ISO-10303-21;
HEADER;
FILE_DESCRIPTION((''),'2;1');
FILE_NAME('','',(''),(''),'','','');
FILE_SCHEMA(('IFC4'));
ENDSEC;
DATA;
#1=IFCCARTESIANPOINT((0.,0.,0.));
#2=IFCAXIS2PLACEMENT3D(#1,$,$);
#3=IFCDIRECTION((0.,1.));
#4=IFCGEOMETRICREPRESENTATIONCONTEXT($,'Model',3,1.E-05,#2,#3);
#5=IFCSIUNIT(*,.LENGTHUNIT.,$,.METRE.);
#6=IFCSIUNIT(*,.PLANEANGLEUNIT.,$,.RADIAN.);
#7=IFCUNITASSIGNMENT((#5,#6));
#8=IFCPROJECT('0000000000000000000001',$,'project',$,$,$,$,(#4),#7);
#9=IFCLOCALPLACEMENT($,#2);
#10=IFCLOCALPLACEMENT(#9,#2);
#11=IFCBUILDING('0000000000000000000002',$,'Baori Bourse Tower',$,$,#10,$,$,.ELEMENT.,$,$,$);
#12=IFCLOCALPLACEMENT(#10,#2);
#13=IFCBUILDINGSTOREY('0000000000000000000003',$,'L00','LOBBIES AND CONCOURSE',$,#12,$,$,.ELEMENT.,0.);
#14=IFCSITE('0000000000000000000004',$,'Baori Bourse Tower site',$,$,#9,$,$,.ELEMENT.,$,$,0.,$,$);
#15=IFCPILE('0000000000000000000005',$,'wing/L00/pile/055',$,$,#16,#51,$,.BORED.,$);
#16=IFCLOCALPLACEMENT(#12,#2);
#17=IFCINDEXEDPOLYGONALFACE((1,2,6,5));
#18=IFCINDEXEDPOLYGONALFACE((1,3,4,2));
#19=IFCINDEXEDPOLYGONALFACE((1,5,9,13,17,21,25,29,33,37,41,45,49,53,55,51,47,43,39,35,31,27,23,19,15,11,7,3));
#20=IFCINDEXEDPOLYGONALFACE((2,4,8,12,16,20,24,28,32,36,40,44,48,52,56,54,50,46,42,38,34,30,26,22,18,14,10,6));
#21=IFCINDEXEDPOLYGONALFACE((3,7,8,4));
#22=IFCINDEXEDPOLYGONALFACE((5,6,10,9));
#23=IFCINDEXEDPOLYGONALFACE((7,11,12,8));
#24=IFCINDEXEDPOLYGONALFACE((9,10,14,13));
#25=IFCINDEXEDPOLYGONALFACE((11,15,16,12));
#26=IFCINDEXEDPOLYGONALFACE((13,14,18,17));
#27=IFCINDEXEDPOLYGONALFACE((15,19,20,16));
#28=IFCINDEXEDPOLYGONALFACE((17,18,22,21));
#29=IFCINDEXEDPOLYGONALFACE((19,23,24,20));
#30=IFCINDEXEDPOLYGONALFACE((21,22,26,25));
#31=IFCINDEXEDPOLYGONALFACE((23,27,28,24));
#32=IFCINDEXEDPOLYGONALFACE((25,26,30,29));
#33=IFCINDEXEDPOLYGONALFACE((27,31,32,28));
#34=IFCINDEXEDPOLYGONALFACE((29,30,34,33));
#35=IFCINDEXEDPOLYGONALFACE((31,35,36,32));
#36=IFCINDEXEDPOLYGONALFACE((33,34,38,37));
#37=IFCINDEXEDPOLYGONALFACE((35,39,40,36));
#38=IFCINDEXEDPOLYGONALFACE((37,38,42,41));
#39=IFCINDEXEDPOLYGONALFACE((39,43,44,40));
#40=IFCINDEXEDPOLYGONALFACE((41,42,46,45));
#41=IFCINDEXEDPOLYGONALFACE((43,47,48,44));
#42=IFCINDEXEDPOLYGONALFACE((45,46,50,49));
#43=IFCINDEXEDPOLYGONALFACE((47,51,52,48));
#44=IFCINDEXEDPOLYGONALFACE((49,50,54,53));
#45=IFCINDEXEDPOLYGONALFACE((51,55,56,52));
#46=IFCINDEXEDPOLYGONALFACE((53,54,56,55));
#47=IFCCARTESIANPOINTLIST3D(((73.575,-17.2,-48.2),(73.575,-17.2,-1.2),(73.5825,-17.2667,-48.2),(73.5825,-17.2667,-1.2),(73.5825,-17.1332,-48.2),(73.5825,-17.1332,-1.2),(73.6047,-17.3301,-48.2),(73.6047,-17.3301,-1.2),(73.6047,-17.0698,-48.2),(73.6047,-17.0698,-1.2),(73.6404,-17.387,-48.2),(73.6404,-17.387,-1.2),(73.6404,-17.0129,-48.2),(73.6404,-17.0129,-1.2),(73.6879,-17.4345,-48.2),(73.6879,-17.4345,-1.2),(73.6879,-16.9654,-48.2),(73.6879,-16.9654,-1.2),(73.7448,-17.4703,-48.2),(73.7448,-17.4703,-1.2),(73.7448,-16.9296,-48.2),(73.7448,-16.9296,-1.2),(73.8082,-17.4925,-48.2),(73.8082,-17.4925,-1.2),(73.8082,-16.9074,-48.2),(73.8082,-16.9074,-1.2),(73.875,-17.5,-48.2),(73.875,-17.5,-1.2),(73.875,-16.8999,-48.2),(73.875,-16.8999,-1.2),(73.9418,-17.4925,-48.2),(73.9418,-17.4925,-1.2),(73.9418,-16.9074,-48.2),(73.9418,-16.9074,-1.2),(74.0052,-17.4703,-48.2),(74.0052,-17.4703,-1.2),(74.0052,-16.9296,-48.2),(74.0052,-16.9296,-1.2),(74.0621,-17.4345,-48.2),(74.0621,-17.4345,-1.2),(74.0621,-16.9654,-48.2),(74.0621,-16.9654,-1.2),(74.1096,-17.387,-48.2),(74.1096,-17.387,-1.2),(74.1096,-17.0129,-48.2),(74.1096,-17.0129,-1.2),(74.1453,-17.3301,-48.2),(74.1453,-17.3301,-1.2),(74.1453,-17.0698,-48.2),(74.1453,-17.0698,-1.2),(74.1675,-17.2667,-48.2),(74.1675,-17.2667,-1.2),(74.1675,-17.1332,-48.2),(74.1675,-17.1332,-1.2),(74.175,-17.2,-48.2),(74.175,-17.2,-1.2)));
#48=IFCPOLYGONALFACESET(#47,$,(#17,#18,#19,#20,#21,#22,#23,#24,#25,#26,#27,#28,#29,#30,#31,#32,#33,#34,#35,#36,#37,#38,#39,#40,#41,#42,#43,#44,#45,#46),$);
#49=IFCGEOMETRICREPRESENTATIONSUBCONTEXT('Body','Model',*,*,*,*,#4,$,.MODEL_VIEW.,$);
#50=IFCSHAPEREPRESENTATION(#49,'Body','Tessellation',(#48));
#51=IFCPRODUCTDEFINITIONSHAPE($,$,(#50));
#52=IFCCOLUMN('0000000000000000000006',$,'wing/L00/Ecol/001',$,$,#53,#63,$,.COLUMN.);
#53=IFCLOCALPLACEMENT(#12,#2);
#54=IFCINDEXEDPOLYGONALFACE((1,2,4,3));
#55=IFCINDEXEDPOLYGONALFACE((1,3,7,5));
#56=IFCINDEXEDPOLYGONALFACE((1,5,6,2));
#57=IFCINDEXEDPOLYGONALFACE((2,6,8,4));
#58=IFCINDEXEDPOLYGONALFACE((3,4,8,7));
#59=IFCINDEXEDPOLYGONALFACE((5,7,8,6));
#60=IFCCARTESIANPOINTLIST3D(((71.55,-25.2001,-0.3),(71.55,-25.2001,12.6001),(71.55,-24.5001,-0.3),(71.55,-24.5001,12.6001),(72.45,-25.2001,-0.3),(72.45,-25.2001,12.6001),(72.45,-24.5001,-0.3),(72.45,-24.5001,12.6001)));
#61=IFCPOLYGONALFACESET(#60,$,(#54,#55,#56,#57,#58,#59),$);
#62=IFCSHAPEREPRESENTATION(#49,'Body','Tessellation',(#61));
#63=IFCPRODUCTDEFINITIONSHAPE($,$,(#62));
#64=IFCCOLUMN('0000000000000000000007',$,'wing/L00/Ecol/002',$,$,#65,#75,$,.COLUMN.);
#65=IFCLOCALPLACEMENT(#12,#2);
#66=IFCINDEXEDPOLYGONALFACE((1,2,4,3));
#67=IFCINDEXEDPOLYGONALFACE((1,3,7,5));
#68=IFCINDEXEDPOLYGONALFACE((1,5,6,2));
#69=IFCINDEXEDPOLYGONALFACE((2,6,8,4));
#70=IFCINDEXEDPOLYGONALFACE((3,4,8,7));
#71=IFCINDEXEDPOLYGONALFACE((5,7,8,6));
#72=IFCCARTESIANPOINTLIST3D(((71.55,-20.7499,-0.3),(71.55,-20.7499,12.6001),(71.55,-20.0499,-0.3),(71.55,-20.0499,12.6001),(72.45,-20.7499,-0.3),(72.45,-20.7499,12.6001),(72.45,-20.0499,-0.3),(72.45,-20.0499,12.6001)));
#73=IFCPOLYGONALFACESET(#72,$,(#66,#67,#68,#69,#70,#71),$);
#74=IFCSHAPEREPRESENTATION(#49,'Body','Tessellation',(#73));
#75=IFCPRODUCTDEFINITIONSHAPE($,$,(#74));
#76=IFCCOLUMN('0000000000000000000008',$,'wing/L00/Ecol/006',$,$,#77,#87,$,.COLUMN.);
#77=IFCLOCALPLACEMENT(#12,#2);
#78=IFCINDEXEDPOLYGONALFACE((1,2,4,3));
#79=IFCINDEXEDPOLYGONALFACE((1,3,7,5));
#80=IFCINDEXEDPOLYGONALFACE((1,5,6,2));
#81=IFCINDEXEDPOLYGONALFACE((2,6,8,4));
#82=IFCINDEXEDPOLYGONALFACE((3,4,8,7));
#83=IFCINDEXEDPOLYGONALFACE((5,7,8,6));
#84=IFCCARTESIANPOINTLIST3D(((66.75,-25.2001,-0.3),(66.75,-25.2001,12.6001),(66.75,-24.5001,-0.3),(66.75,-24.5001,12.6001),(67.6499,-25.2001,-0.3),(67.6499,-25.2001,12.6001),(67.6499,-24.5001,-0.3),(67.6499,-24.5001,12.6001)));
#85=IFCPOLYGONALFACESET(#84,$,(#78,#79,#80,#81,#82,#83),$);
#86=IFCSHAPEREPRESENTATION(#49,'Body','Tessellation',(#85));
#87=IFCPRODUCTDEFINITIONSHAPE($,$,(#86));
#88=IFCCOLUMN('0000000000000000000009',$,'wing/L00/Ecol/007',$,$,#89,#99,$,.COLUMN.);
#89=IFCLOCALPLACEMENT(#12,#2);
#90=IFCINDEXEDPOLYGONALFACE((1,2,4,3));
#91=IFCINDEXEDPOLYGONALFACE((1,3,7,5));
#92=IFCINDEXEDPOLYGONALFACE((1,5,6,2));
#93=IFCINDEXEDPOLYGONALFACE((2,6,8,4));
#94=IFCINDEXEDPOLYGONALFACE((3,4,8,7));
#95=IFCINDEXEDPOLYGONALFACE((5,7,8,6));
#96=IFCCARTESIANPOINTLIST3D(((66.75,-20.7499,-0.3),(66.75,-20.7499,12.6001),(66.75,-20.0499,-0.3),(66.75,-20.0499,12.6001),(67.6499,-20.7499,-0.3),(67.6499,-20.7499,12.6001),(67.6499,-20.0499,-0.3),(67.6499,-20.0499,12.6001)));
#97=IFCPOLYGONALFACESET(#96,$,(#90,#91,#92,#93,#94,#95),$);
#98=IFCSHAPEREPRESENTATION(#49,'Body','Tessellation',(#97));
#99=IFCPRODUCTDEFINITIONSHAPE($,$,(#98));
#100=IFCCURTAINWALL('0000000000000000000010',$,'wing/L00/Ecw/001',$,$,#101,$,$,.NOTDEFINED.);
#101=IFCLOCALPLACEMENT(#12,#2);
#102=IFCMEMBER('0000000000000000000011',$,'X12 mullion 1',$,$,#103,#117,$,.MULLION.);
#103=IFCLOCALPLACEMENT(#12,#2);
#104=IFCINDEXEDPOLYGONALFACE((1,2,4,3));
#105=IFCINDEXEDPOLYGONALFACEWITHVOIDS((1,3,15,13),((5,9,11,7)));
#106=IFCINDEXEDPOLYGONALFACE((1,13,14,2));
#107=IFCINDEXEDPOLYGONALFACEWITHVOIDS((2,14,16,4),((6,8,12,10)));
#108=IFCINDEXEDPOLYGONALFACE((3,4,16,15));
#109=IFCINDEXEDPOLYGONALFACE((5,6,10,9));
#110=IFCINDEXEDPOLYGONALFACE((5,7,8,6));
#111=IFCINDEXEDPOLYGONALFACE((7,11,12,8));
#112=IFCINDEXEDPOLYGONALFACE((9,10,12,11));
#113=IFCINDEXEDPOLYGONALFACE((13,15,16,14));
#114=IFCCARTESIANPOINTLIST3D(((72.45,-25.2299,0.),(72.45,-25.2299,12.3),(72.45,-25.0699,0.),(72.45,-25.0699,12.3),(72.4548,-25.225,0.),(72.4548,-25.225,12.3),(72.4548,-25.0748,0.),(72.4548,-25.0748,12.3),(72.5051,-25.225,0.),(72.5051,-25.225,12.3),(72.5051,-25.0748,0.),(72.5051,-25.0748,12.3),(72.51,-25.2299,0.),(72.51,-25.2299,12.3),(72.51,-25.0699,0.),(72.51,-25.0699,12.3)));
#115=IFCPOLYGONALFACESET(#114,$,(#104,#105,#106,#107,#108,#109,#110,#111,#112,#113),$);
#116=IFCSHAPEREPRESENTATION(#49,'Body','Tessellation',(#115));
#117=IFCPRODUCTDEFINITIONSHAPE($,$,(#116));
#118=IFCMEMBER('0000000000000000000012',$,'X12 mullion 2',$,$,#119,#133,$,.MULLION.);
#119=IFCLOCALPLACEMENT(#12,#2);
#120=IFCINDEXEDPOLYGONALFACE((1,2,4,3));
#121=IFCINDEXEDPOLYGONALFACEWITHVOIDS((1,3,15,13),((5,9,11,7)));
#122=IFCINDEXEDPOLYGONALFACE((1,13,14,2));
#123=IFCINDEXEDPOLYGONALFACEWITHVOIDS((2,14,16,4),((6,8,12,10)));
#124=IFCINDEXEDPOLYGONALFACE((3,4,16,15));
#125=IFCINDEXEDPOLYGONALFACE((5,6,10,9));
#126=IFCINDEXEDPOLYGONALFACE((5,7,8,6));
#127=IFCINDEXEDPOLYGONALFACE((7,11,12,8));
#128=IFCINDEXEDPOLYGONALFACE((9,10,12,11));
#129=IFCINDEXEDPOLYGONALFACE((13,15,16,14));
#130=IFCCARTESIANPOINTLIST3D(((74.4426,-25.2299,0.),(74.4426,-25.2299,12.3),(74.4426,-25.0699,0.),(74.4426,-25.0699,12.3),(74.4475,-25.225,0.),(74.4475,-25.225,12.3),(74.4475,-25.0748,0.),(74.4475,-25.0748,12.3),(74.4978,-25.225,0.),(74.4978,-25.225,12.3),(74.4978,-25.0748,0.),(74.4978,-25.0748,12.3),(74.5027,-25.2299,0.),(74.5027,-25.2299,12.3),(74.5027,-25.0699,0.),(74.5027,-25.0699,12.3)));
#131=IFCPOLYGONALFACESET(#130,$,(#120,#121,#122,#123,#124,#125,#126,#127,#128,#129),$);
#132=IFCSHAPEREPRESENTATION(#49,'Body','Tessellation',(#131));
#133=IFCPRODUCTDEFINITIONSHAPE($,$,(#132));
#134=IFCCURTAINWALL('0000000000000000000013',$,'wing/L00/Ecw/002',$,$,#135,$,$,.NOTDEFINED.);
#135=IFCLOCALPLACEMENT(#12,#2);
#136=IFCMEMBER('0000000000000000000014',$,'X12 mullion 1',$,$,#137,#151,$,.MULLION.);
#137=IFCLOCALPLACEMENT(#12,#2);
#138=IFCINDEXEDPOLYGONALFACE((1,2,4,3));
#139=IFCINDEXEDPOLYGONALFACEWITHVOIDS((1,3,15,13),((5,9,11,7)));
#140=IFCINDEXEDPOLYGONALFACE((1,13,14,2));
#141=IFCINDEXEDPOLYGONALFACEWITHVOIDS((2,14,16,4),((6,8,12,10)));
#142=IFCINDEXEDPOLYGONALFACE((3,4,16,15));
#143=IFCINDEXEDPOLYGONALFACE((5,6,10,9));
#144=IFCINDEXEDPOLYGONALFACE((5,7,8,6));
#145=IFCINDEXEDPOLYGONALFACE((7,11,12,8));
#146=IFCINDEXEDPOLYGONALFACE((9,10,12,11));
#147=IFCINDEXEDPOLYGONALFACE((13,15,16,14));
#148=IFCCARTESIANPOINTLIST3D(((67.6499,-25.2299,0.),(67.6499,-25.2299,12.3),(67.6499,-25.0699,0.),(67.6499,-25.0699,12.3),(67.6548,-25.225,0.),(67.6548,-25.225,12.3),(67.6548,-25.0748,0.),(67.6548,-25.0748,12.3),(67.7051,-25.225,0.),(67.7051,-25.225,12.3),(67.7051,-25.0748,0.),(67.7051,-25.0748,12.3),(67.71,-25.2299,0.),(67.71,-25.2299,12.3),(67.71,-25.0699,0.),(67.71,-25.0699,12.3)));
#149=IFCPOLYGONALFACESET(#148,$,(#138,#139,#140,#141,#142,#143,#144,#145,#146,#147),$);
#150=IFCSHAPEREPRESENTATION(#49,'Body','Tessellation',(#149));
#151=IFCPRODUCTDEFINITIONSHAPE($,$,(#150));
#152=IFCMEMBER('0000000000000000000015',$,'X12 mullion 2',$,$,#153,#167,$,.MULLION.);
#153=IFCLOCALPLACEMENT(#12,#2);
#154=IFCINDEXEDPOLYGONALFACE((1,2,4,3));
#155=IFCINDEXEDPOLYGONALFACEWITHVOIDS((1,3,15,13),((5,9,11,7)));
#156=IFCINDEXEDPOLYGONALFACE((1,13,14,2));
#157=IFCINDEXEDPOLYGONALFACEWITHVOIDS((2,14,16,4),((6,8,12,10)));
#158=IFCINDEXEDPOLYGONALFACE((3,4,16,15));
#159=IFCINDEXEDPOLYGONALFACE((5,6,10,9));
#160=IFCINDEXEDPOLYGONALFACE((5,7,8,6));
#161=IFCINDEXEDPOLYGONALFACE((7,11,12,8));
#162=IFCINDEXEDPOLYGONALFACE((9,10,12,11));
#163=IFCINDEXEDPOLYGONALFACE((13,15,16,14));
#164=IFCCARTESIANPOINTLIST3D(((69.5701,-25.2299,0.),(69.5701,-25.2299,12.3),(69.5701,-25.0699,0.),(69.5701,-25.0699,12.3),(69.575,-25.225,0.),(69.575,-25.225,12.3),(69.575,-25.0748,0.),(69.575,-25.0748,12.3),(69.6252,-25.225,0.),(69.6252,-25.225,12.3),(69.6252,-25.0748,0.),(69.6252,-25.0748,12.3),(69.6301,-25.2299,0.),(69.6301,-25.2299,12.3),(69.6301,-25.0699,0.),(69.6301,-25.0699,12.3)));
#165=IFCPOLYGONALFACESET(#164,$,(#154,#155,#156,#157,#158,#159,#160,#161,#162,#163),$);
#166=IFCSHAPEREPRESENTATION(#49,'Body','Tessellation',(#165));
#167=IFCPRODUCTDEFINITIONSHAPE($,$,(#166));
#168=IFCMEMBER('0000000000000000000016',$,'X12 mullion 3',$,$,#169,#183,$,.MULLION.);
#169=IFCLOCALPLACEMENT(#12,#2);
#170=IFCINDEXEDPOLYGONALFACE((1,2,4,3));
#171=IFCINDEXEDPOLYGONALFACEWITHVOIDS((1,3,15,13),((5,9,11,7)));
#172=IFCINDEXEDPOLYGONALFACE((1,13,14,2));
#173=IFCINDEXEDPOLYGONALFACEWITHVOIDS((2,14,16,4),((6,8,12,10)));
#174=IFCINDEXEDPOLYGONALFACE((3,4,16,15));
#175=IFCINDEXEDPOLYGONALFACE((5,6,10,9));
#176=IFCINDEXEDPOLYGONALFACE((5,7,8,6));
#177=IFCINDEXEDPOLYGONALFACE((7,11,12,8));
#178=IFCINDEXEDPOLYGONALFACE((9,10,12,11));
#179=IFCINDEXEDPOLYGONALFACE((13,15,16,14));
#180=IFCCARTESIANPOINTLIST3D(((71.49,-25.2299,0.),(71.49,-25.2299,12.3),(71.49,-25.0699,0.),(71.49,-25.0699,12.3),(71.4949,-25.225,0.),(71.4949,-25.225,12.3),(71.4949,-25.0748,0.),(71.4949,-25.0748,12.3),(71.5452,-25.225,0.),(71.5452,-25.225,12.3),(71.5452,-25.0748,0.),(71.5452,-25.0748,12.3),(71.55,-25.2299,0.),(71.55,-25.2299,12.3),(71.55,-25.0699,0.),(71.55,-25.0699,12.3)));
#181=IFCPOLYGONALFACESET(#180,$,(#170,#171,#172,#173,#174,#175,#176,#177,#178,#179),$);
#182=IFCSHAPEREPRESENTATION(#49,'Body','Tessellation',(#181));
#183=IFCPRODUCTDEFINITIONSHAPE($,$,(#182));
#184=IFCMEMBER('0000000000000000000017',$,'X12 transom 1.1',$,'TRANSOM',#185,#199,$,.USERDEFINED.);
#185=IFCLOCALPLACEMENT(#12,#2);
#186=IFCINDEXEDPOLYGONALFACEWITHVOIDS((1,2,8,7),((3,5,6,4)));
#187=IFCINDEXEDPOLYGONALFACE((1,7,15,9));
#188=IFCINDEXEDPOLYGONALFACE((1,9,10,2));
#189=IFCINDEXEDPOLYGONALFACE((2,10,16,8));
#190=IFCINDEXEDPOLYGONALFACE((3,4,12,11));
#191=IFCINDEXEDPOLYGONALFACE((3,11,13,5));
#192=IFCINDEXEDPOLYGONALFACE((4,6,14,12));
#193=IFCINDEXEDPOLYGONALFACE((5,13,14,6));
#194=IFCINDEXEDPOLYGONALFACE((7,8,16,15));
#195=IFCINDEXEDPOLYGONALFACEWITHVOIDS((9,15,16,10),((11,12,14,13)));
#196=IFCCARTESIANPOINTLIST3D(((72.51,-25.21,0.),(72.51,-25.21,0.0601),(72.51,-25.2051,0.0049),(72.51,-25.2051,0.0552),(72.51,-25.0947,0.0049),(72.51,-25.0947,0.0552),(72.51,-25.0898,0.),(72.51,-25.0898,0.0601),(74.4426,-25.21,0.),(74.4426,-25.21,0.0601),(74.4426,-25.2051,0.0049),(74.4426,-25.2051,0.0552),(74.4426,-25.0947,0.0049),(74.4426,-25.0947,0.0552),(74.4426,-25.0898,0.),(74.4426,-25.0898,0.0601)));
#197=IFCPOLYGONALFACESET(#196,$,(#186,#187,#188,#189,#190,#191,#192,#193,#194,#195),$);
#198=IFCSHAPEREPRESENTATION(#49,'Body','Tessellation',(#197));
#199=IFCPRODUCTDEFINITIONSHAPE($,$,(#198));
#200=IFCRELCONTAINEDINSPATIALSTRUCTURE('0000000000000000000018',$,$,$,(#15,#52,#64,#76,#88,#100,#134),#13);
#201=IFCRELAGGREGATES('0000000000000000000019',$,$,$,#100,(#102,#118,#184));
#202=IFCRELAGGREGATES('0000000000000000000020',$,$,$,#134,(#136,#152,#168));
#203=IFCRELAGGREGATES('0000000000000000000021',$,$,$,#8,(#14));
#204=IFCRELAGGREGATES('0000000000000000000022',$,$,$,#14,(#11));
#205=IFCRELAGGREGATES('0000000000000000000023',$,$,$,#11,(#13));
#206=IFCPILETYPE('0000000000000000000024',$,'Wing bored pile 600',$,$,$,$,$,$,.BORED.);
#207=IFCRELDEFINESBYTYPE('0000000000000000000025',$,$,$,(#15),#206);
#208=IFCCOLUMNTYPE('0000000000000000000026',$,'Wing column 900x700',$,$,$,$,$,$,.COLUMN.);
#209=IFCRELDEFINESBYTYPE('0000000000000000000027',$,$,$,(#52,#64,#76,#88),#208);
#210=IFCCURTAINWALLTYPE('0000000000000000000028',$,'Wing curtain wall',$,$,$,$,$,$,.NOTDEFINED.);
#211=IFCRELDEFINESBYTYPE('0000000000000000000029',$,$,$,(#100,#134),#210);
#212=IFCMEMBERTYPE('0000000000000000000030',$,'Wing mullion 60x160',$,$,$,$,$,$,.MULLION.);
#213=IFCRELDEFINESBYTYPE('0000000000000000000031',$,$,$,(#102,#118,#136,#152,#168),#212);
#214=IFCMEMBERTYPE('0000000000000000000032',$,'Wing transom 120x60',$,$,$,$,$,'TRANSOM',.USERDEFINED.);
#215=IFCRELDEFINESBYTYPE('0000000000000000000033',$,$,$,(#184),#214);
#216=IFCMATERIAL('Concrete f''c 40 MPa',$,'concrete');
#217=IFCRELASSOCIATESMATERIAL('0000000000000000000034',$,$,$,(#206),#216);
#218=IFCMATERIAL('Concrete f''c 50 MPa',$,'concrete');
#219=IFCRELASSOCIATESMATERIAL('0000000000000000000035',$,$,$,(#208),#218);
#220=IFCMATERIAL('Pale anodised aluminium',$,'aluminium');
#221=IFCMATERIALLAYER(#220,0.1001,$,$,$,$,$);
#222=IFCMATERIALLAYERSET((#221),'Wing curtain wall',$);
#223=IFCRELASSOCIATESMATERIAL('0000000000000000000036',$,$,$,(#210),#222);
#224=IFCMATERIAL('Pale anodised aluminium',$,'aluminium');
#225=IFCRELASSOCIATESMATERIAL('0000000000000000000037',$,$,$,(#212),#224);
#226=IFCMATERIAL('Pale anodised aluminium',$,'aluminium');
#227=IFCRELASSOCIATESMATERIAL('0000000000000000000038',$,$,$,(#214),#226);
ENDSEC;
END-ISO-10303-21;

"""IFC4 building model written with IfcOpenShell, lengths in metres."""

from ifc_helpers import new_model, si_unit, direction, frame, origin, origin_2d, place, context, subcontext, project, spatial, rectangle, hollow_rectangle, circle, extrude, material, layer, layer_set, material_profile, profile_set, type_object, element, aggregate, save


model = new_model("IFC4")

# Units and contexts
model_context = context("Model", 3, precision=1e-05, world=origin(), true_north=direction((0.0, 1.0)))
body_context = subcontext(model_context, "Body", "Model", "MODEL_VIEW")
ifc_project = project(units=[si_unit("LENGTHUNIT", "METRE"), si_unit("PLANEANGLEUNIT", "RADIAN")], contexts=[model_context])

# Site, building, storey
site_placement = place(None, origin())
site = spatial("IfcSite", under=ifc_project, at=site_placement, Name="Baori Bourse Tower site", CompositionType="ELEMENT", RefElevation=0.0)
building_placement = place(site_placement, origin())
building = spatial("IfcBuilding", under=site, at=building_placement, Name="Baori Bourse Tower", CompositionType="ELEMENT")
storey_placement = place(building_placement, origin())
storey = spatial("IfcBuildingStorey", under=building, at=storey_placement, Name="L00", Description="LOBBIES AND CONCOURSE", CompositionType="ELEMENT", Elevation=0.0)

# Pile
ifc_material_1 = material(Name="Concrete f'c 40 MPa", Category="concrete")
ifc_material_profile_1 = material_profile(ifc_material_1, circle(Radius=0.3, at=origin_2d()), Name="Wing bored pile 600")
ifc_profile_set_1 = profile_set([ifc_material_profile_1], Name="Concrete f'c 40 MPa")
pile_type = type_object("IfcPileType", Name="Wing bored pile 600", PredefinedType="BORED", material=ifc_profile_set_1)
for number, where, z_axis, x_axis, name in (
    (1, (73.875, -17.2, -1.2), (0.0, 0.0, -1.0), (1.0, 0.0, 0.0), "wing/L00/pile/055"),
):
    element("IfcPile", number, at=place(storey_placement, frame(where, z_axis=z_axis, x_axis=x_axis)), inside=storey, type_object=pile_type, Name=name, PredefinedType="BORED", context=body_context, shape_type="SweptSolid", body=[
        extrude(circle(Radius=0.3, at=origin_2d()), origin(), (0.0, 0.0, 1.0), 47.0),
    ])

# Columns
ifc_material_2 = material(Name="Concrete f'c 50 MPa", Category="concrete")
ifc_material_profile_2 = material_profile(ifc_material_2, rectangle(XDim=0.8999, YDim=0.7, at=origin_2d()), Name="Wing column 900x700")
ifc_profile_set_2 = profile_set([ifc_material_profile_2], Name="Concrete f'c 50 MPa")
column_type = type_object("IfcColumnType", Name="Wing column 900x700", PredefinedType="COLUMN", material=ifc_profile_set_2)
for number, where, z_axis, x_axis, name in (
    (2, (72.0, -24.8501, -0.3), (0.0, 0.0, 1.0), (1.0, 0.0, 0.0), "wing/L00/Ecol/001"),
    (3, (72.0, -20.3999, -0.3), (0.0, 0.0, 1.0), (1.0, 0.0, 0.0), "wing/L00/Ecol/002"),
    (4, (67.2, -24.8501, -0.3), (0.0, 0.0, 1.0), (1.0, 0.0, 0.0), "wing/L00/Ecol/006"),
    (5, (67.2, -20.3999, -0.3), (0.0, 0.0, 1.0), (1.0, 0.0, 0.0), "wing/L00/Ecol/007"),
):
    element("IfcColumn", number, at=place(storey_placement, frame(where, z_axis=z_axis, x_axis=x_axis)), inside=storey, type_object=column_type, Name=name, PredefinedType="COLUMN", context=body_context, shape_type="SweptSolid", body=[
        extrude(rectangle(XDim=0.8999, YDim=0.7, at=origin_2d()), origin(), (0.0, 0.0, 1.0), 12.9001),
    ])

# Curtain walls, members
ifc_material_3 = material(Name="Pale anodised aluminium", Category="aluminium")
ifc_layer_1 = layer(ifc_material_3, 0.1001)
ifc_layer_set_1 = layer_set([ifc_layer_1], Name="Wing curtain wall")
curtain_wall_type = type_object("IfcCurtainWallType", Name="Wing curtain wall", PredefinedType="NOTDEFINED", material=ifc_layer_set_1)
curtain_wall_1_placement = place(storey_placement, origin())
curtain_wall_1 = element("IfcCurtainWall", 6, at=curtain_wall_1_placement, inside=storey, type_object=curtain_wall_type, Name="wing/L00/Ecw/001", PredefinedType="NOTDEFINED")
ifc_material_4 = material(Name="Pale anodised aluminium", Category="aluminium")
ifc_material_profile_3 = material_profile(ifc_material_4, hollow_rectangle(XDim=0.1599, YDim=0.0601, WallThickness=0.0049, at=origin_2d()), Name="Mullion 160x60x5")
ifc_profile_set_3 = profile_set([ifc_material_profile_3], Name="Pale anodised aluminium")
member_type_1 = type_object("IfcMemberType", Name="Wing mullion 60x160", PredefinedType="MULLION", material=ifc_profile_set_3)
member_1_placement = place(storey_placement, frame((72.48, -25.1499, 0.0), z_axis=(0.0, 0.0, 1.0), x_axis=(0.0, 1.0, 0.0)))
member_1 = element("IfcMember", 7, at=member_1_placement, type_object=member_type_1, Name="X12 mullion 1", PredefinedType="MULLION", context=body_context, shape_type="SweptSolid", body=[
    extrude(hollow_rectangle(XDim=0.1599, YDim=0.0601, WallThickness=0.0049, at=origin_2d()), origin(), (0.0, 0.0, 1.0), 12.3),
])
member_2_placement = place(storey_placement, frame((74.4727, -25.1499, 0.0), z_axis=(0.0, 0.0, 1.0), x_axis=(0.0, 1.0, 0.0)))
member_2 = element("IfcMember", 8, at=member_2_placement, type_object=member_type_1, Name="X12 mullion 2", PredefinedType="MULLION", context=body_context, shape_type="SweptSolid", body=[
    extrude(hollow_rectangle(XDim=0.1599, YDim=0.0601, WallThickness=0.0049, at=origin_2d()), origin(), (0.0, 0.0, 1.0), 12.3),
])
curtain_wall_2_placement = place(storey_placement, origin())
curtain_wall_2 = element("IfcCurtainWall", 9, at=curtain_wall_2_placement, inside=storey, type_object=curtain_wall_type, Name="wing/L00/Ecw/002", PredefinedType="NOTDEFINED")
member_3_placement = place(storey_placement, frame((67.6799, -25.1499, 0.0), z_axis=(0.0, 0.0, 1.0), x_axis=(0.0, 1.0, 0.0)))
member_3 = element("IfcMember", 10, at=member_3_placement, type_object=member_type_1, Name="X12 mullion 1", PredefinedType="MULLION", context=body_context, shape_type="SweptSolid", body=[
    extrude(hollow_rectangle(XDim=0.1599, YDim=0.0601, WallThickness=0.0049, at=origin_2d()), origin(), (0.0, 0.0, 1.0), 12.3),
])
member_4_placement = place(storey_placement, frame((69.6001, -25.1499, 0.0), z_axis=(0.0, 0.0, 1.0), x_axis=(0.0, 1.0, 0.0)))
member_4 = element("IfcMember", 11, at=member_4_placement, type_object=member_type_1, Name="X12 mullion 2", PredefinedType="MULLION", context=body_context, shape_type="SweptSolid", body=[
    extrude(hollow_rectangle(XDim=0.1599, YDim=0.0601, WallThickness=0.0049, at=origin_2d()), origin(), (0.0, 0.0, 1.0), 12.3),
])
member_5_placement = place(storey_placement, frame((71.52, -25.1499, 0.0), z_axis=(0.0, 0.0, 1.0), x_axis=(0.0, 1.0, 0.0)))
member_5 = element("IfcMember", 12, at=member_5_placement, type_object=member_type_1, Name="X12 mullion 3", PredefinedType="MULLION", context=body_context, shape_type="SweptSolid", body=[
    extrude(hollow_rectangle(XDim=0.1599, YDim=0.0601, WallThickness=0.0049, at=origin_2d()), origin(), (0.0, 0.0, 1.0), 12.3),
])

# Member
ifc_material_5 = material(Name="Pale anodised aluminium", Category="aluminium")
ifc_material_profile_4 = material_profile(ifc_material_5, hollow_rectangle(XDim=0.1201, YDim=0.0601, WallThickness=0.0049, at=origin_2d()), Name="Transom 120x60x5")
ifc_profile_set_4 = profile_set([ifc_material_profile_4], Name="Pale anodised aluminium")
member_type_2 = type_object("IfcMemberType", Name="Wing transom 120x60", ElementType="TRANSOM", PredefinedType="USERDEFINED", material=ifc_profile_set_4)
member_6_placement = place(storey_placement, frame((72.51, -25.1499, 0.03), z_axis=(1.0, 0.0, 0.0), x_axis=(0.0, 1.0, 0.0)))
member_6 = element("IfcMember", 13, at=member_6_placement, type_object=member_type_2, Name="X12 transom 1.1", ObjectType="TRANSOM", PredefinedType="USERDEFINED", context=body_context, shape_type="SweptSolid", body=[
    extrude(hollow_rectangle(XDim=0.1201, YDim=0.0601, WallThickness=0.0049, at=origin_2d()), origin(), (0.0, 0.0, 1.0), 1.9326),
])

aggregate(curtain_wall_1, [member_1, member_2, member_6])
aggregate(curtain_wall_2, [member_3, member_4, member_5])

save(model, "model.ifc")
